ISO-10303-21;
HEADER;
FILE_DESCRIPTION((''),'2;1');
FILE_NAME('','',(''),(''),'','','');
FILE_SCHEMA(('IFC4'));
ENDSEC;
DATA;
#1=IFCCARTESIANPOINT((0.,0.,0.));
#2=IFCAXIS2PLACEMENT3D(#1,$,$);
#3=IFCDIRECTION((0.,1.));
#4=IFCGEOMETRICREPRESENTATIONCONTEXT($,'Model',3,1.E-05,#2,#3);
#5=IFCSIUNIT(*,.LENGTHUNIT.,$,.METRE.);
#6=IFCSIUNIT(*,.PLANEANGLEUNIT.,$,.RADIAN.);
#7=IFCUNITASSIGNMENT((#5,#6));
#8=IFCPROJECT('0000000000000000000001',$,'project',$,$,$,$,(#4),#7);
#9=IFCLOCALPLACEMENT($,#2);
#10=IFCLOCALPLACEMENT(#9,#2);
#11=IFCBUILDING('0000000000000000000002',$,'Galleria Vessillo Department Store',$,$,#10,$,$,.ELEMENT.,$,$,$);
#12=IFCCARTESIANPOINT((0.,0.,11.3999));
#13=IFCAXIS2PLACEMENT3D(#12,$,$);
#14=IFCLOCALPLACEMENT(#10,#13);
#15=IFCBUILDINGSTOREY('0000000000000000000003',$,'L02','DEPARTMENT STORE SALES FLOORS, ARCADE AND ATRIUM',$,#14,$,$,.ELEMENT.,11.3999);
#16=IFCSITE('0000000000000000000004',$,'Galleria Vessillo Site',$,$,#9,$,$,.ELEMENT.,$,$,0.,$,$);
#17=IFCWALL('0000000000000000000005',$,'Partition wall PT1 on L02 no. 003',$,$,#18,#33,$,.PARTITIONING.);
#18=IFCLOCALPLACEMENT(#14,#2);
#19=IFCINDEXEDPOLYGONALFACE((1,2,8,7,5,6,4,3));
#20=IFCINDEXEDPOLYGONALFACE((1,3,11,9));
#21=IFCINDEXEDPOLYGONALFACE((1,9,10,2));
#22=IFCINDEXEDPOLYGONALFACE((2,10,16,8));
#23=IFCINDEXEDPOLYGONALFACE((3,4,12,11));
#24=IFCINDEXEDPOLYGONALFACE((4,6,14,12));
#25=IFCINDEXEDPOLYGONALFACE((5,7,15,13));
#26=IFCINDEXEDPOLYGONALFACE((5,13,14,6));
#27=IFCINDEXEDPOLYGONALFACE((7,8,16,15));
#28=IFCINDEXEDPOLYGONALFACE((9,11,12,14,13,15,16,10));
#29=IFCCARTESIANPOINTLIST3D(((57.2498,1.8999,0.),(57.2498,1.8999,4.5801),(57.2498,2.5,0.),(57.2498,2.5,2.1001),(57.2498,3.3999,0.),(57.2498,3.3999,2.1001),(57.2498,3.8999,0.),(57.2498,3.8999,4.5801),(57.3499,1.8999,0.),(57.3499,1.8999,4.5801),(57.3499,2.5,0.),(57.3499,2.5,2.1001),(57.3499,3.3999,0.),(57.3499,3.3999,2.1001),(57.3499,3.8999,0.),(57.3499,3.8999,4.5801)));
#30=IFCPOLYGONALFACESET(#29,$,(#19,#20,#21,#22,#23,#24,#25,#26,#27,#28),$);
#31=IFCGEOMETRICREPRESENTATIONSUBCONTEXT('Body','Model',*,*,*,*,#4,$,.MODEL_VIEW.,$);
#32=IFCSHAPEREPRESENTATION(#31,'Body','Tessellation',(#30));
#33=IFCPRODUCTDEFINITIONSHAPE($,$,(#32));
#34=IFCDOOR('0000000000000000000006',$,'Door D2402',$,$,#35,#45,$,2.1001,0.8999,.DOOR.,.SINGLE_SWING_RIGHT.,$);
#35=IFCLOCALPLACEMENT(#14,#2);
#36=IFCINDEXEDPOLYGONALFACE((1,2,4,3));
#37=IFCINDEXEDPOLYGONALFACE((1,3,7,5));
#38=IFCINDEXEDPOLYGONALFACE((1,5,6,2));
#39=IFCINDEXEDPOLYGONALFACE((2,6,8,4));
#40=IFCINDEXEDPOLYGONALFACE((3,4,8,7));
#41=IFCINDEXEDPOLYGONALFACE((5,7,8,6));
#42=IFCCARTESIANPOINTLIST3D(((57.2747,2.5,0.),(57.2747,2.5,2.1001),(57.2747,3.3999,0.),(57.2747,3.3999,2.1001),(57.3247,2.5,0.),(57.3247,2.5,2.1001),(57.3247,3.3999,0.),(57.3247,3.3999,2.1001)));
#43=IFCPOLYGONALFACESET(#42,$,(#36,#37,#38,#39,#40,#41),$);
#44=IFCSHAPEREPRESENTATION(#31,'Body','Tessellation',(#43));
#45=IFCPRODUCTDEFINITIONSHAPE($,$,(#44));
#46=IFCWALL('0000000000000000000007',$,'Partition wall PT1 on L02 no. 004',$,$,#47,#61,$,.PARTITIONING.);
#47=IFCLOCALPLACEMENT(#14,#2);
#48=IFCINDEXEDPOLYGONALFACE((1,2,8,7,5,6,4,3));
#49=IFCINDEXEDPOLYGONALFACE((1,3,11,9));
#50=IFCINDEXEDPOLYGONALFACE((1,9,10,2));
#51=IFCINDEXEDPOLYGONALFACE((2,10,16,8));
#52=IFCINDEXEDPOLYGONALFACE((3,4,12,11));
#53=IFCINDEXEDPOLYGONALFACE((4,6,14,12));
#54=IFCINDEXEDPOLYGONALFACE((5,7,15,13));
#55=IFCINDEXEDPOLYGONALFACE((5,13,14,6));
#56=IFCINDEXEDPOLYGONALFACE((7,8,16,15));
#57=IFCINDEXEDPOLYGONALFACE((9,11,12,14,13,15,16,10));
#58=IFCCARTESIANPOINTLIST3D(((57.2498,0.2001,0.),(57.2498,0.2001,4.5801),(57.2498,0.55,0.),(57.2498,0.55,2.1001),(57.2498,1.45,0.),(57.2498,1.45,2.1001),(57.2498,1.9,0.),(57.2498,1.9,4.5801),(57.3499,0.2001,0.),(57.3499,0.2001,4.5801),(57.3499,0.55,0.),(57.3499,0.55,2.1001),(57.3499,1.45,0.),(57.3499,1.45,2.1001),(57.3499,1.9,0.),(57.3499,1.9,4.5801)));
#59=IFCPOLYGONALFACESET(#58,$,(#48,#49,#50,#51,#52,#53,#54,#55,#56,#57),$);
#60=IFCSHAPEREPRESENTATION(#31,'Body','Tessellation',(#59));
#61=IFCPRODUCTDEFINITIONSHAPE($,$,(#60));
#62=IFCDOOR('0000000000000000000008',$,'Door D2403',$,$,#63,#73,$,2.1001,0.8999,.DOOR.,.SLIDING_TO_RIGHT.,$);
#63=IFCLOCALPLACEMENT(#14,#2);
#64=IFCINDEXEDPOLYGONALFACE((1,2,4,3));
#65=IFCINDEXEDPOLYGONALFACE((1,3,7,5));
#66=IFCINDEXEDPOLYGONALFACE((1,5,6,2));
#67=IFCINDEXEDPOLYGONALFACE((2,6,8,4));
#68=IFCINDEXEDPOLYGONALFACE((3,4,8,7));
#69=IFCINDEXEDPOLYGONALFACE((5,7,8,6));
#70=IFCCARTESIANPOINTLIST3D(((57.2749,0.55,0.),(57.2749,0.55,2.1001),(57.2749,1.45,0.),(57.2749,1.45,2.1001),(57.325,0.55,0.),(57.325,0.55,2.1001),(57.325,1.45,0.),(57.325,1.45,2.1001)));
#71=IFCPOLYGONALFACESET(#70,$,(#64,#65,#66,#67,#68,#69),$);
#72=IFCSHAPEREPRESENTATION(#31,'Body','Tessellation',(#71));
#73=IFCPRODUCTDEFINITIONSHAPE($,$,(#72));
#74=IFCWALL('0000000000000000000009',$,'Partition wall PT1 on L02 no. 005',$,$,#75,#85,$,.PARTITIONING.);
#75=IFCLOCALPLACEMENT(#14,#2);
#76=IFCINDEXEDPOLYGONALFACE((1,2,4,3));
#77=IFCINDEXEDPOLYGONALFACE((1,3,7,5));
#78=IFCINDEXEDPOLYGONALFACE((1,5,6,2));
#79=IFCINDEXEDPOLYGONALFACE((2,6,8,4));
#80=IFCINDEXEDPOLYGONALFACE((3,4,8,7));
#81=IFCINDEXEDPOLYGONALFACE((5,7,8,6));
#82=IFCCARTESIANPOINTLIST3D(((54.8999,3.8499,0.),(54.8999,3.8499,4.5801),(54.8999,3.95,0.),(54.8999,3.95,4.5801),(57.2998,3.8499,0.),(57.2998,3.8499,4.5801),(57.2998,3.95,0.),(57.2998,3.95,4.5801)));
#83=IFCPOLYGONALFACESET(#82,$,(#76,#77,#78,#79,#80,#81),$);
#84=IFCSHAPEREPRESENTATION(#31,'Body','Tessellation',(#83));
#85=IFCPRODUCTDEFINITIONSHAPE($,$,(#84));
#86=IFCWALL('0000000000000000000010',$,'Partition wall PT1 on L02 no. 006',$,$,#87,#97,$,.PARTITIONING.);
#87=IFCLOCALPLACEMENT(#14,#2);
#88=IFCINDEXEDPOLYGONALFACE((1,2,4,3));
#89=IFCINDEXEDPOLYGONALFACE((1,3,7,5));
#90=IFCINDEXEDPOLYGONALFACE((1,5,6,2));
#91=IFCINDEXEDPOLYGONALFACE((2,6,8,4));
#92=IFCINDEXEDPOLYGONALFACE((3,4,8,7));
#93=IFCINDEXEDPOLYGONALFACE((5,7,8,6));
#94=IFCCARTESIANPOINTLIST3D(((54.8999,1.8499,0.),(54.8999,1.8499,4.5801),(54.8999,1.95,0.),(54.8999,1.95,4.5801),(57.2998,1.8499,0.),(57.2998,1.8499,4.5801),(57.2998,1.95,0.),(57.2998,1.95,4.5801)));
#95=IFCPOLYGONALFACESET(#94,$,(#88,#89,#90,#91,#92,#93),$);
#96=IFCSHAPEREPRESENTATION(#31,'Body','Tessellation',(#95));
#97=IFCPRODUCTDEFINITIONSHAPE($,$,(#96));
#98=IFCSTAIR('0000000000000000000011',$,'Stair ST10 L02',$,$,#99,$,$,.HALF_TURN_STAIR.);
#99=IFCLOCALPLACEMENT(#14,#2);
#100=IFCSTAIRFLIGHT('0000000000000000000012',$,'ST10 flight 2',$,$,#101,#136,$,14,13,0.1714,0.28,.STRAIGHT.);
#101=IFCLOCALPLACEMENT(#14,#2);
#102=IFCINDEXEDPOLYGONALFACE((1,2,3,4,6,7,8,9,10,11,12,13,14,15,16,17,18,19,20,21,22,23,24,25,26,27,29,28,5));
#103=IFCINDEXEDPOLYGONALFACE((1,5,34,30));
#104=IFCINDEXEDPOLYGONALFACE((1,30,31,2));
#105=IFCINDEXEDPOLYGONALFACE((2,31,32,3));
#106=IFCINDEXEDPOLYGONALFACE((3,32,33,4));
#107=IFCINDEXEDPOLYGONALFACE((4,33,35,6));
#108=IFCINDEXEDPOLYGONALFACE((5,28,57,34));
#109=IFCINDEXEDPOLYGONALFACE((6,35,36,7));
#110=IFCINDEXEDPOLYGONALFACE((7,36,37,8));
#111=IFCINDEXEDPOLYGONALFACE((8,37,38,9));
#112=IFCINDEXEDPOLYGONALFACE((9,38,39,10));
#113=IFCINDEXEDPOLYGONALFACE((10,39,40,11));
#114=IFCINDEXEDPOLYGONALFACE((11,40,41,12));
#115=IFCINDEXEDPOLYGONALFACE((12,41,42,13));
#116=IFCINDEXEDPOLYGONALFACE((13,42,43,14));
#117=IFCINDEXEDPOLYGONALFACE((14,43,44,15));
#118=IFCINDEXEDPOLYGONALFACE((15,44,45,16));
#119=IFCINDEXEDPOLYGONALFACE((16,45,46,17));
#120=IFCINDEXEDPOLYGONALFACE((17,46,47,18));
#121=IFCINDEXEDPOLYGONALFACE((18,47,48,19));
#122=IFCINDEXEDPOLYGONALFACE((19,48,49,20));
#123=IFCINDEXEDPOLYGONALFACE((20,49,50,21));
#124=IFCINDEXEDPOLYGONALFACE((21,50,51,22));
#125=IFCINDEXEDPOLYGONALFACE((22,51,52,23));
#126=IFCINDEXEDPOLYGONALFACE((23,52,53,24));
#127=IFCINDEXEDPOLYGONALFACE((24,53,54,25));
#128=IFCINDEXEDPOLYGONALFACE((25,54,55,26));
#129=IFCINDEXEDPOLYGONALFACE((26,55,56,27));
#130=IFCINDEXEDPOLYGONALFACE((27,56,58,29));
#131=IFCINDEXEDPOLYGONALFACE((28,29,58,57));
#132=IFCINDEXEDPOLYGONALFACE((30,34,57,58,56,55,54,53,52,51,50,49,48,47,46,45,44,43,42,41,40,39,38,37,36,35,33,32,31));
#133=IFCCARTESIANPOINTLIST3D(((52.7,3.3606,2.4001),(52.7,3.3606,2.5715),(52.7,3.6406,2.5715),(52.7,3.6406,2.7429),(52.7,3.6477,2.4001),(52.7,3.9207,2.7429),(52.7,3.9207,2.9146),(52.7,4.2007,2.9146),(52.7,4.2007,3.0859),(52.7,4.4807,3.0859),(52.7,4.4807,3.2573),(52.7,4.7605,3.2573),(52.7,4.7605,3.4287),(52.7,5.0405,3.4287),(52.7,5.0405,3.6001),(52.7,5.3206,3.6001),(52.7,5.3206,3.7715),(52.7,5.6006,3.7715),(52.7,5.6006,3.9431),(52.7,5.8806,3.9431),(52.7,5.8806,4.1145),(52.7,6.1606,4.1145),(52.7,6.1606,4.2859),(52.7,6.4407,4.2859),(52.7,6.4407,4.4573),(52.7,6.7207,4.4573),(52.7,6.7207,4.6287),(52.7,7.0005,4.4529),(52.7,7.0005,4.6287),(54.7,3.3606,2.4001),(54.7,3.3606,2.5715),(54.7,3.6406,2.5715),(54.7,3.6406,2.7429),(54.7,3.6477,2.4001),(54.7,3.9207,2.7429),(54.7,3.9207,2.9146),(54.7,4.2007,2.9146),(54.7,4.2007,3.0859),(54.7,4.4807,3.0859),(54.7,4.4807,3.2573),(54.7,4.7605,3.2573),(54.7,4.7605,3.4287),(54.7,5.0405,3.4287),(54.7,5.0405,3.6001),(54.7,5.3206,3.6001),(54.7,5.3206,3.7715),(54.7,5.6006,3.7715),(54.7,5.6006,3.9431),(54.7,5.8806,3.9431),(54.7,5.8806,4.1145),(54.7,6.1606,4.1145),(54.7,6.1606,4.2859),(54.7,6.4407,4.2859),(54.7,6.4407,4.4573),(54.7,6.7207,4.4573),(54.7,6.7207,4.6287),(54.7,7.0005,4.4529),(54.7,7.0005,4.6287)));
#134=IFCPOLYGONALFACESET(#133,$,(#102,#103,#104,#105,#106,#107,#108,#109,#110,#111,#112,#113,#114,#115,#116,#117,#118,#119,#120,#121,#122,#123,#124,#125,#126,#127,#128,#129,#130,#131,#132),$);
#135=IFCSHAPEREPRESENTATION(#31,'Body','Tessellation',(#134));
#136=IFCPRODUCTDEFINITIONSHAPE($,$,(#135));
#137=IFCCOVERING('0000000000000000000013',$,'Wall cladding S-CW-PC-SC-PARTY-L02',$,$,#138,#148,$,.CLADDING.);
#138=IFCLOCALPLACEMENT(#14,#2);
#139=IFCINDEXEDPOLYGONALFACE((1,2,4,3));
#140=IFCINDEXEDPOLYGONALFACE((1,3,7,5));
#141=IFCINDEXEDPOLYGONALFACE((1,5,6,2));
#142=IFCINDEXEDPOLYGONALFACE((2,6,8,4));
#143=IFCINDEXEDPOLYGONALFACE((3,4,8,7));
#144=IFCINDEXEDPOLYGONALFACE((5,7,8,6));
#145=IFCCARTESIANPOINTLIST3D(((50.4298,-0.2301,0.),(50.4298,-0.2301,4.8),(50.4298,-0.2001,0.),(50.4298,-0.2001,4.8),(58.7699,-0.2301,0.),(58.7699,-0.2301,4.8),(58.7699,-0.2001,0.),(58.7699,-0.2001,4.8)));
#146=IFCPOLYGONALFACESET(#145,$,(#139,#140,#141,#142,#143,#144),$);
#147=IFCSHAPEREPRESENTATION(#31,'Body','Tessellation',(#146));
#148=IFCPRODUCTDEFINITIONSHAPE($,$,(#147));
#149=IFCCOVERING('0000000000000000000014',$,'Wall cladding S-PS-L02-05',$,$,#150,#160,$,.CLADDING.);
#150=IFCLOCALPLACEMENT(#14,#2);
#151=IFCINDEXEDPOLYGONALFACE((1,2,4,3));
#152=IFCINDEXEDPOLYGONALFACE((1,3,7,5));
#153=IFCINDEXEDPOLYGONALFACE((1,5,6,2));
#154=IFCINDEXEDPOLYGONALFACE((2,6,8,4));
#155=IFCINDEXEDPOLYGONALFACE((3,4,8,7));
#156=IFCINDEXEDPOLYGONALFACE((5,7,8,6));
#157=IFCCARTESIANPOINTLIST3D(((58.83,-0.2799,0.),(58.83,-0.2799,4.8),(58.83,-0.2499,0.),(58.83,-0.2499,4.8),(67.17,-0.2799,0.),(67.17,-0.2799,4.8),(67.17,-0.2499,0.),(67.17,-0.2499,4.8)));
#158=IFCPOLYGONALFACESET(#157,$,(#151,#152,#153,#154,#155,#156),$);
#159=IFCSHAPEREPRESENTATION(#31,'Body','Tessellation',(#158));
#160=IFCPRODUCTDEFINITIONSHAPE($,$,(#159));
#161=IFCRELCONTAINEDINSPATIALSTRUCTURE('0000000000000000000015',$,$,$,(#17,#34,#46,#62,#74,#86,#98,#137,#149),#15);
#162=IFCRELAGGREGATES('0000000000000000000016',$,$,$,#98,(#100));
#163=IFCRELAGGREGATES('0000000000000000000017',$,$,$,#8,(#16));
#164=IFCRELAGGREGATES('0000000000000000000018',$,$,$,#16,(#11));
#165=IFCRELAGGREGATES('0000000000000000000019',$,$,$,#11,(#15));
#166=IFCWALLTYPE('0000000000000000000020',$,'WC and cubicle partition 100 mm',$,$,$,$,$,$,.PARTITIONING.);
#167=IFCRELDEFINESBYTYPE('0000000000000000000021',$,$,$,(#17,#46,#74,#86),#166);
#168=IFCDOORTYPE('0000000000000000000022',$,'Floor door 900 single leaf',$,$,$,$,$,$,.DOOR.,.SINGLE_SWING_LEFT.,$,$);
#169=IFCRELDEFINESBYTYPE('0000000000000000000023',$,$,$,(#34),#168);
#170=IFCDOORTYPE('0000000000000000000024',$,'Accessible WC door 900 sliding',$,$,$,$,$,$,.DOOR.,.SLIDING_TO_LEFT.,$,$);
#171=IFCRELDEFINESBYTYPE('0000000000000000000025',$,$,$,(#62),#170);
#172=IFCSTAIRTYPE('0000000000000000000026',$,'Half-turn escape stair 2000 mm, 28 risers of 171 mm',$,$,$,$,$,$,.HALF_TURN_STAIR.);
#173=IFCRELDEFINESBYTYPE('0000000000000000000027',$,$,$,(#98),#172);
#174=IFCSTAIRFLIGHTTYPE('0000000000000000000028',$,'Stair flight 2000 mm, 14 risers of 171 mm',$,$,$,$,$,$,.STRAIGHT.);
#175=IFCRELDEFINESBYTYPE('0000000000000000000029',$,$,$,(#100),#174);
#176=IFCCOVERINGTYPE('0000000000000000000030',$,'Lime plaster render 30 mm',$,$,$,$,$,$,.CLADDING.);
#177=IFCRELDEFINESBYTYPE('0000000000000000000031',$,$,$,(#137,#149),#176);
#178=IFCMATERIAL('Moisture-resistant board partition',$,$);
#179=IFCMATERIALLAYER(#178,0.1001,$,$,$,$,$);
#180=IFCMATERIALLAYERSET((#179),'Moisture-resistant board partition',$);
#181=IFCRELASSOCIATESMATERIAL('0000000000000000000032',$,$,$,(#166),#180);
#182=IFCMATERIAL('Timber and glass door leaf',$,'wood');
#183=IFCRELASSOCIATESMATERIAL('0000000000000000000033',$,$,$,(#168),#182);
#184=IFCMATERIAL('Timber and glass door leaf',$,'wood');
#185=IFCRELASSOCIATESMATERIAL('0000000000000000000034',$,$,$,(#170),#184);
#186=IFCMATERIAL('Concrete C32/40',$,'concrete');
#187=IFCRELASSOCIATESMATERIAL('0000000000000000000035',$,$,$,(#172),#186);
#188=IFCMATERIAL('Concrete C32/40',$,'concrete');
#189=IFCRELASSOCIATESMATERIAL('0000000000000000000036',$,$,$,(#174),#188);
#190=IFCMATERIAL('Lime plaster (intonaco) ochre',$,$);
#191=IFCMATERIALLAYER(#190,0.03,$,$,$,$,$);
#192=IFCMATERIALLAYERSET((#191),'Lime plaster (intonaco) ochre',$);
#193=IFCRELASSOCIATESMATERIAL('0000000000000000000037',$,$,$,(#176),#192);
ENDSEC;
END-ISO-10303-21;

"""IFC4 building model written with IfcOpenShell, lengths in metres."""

from ifc_helpers import new_model, si_unit, direction, frame, frame_2d, origin, origin_2d, place, context, subcontext, project, spatial, polyline, rectangle, outline, extrude, material, layer, layer_set, type_object, element, fill, aggregate, save


model = new_model("IFC4")

# Units and contexts
model_context = context("Model", 3, precision=1e-05, world=origin(), true_north=direction((0.0, 1.0)))
body_context = subcontext(model_context, "Body", "Model", "MODEL_VIEW")
ifc_project = project(units=[si_unit("LENGTHUNIT", "METRE"), si_unit("PLANEANGLEUNIT", "RADIAN")], contexts=[model_context])

# Site, building, storey
site_placement = place(None, origin())
site = spatial("IfcSite", under=ifc_project, at=site_placement, Name="Galleria Vessillo Site", CompositionType="ELEMENT", RefElevation=0.0)
building_placement = place(site_placement, origin())
building = spatial("IfcBuilding", under=site, at=building_placement, Name="Galleria Vessillo Department Store", CompositionType="ELEMENT")
storey_placement = place(building_placement, frame((0.0, 0.0, 11.3999)))
storey = spatial("IfcBuildingStorey", under=building, at=storey_placement, Name="L02", Description="DEPARTMENT STORE SALES FLOORS, ARCADE AND ATRIUM", CompositionType="ELEMENT", Elevation=11.3999)

# Shared definitions
ifc_material_1 = material(Name="Moisture-resistant board partition")
ifc_layer_1 = layer(ifc_material_1, 0.1001)
ifc_layer_set_1 = layer_set([ifc_layer_1], Name="Moisture-resistant board partition")
wall_type_1 = type_object("IfcWallType", Name="WC and cubicle partition 100 mm", PredefinedType="PARTITIONING", material=ifc_layer_set_1)
ifc_material_2 = material(Name="Timber and glass door leaf", Category="wood")
door_type_1 = type_object("IfcDoorType", Name="Floor door 900 single leaf", OperationType="SINGLE_SWING_LEFT", PredefinedType="DOOR", material=ifc_material_2)

# Walls, openings, doors
wall_1_placement = place(storey_placement, frame((57.2998, 1.8999, 0.0), z_axis=(0.0, 0.0, 1.0), x_axis=(0.0, 1.0, 0.0)))
wall_1 = element("IfcWall", 1, at=wall_1_placement, inside=storey, type_object=wall_type_1, Name="Partition wall PT1 on L02 no. 003", PredefinedType="PARTITIONING", context=body_context, shape_type="SweptSolid", body=[
    extrude(rectangle(XDim=2.0, YDim=0.1001, at=frame_2d((1.0, 0.0))), origin(), (0.0, 0.0, 1.0), 4.5801),
])
opening_1_placement = place(wall_1_placement, frame((0.6001, 0.0, 0.0)))
opening_1 = element("IfcOpeningElement", 2, at=opening_1_placement, cuts=wall_1, PredefinedType="OPENING", context=body_context, shape_type="SweptSolid", body=[
    extrude(rectangle(XDim=0.8999, YDim=2.1001, at=frame_2d((0.45, 1.05))), frame((0.0, 0.0601, 0.0), z_axis=(0.0, -1.0, 0.0), x_axis=(1.0, 0.0, 0.0)), (0.0, 0.0, 1.0), 0.1201),
])
door_1_placement = place(opening_1_placement, frame((0.8999, 0.0, 0.0), z_axis=(0.0, 0.0, 1.0), x_axis=(-1.0, 0.0, 0.0)))
door_1 = element("IfcDoor", 3, at=door_1_placement, inside=storey, type_object=door_type_1, Name="Door D2402", OperationType="SINGLE_SWING_RIGHT", OverallHeight=2.1001, OverallWidth=0.8999, PredefinedType="DOOR", context=body_context, shape_type="SweptSolid", body=[
    extrude(rectangle(XDim=0.8999, YDim=2.1001, at=frame_2d((0.45, 1.05))), frame((0.0, 0.0249, 0.0), z_axis=(0.0, -1.0, 0.0), x_axis=(1.0, 0.0, 0.0)), (0.0, 0.0, 1.0), 0.05),
])
fill(opening_1, door_1)
wall_2_placement = place(storey_placement, frame((57.2998, 0.2, 0.0), z_axis=(0.0, 0.0, 1.0), x_axis=(0.0, 1.0, 0.0)))
wall_2 = element("IfcWall", 4, at=wall_2_placement, inside=storey, type_object=wall_type_1, Name="Partition wall PT1 on L02 no. 004", PredefinedType="PARTITIONING", context=body_context, shape_type="SweptSolid", body=[
    extrude(rectangle(XDim=1.7, YDim=0.1001, at=frame_2d((0.8501, 0.0))), origin(), (0.0, 0.0, 1.0), 4.5801),
])
opening_2_placement = place(wall_2_placement, frame((0.3501, 0.0, 0.0)))
opening_2 = element("IfcOpeningElement", 5, at=opening_2_placement, cuts=wall_2, PredefinedType="OPENING", context=body_context, shape_type="SweptSolid", body=[
    extrude(rectangle(XDim=0.8999, YDim=2.1001, at=frame_2d((0.45, 1.05))), frame((0.0, 0.0601, 0.0), z_axis=(0.0, -1.0, 0.0), x_axis=(1.0, 0.0, 0.0)), (0.0, 0.0, 1.0), 0.1201),
])
ifc_material_3 = material(Name="Timber and glass door leaf", Category="wood")
door_type_2 = type_object("IfcDoorType", Name="Accessible WC door 900 sliding", OperationType="SLIDING_TO_LEFT", PredefinedType="DOOR", material=ifc_material_3)
door_2_placement = place(opening_2_placement, origin())
door_2 = element("IfcDoor", 6, at=door_2_placement, inside=storey, type_object=door_type_2, Name="Door D2403", OperationType="SLIDING_TO_RIGHT", OverallHeight=2.1001, OverallWidth=0.8999, PredefinedType="DOOR", context=body_context, shape_type="SweptSolid", body=[
    extrude(rectangle(XDim=0.8999, YDim=2.1001, at=frame_2d((0.45, 1.05))), frame((0.0, 0.0249, 0.0), z_axis=(0.0, -1.0, 0.0), x_axis=(1.0, 0.0, 0.0)), (0.0, 0.0, 1.0), 0.05),
])
fill(opening_2, door_2)

# Walls
for number, where, z_axis, x_axis, name in (
    (7, (54.8999, 3.8999, 0.0), (0.0, 0.0, 1.0), (1.0, 0.0, 0.0), "Partition wall PT1 on L02 no. 005"),
    (8, (54.8999, 1.8999, 0.0), (0.0, 0.0, 1.0), (1.0, 0.0, 0.0), "Partition wall PT1 on L02 no. 006"),
):
    element("IfcWall", number, at=place(storey_placement, frame(where, z_axis=z_axis, x_axis=x_axis)), inside=storey, type_object=wall_type_1, Name=name, PredefinedType="PARTITIONING", context=body_context, shape_type="SweptSolid", body=[
        extrude(rectangle(XDim=2.3999, YDim=0.1001, at=frame_2d((1.2, 0.0))), origin(), (0.0, 0.0, 1.0), 4.5801),
    ])

# Stair, stair flight
ifc_material_4 = material(Name="Concrete C32/40", Category="concrete")
stair_type = type_object("IfcStairType", Name="Half-turn escape stair 2000 mm, 28 risers of 171 mm", PredefinedType="HALF_TURN_STAIR", material=ifc_material_4)
stair_placement = place(storey_placement, origin())
stair = element("IfcStair", 9, at=stair_placement, inside=storey, type_object=stair_type, Name="Stair ST10 L02", PredefinedType="HALF_TURN_STAIR")
ifc_material_5 = material(Name="Concrete C32/40", Category="concrete")
stair_flight_type = type_object("IfcStairFlightType", Name="Stair flight 2000 mm, 14 risers of 171 mm", PredefinedType="STRAIGHT", material=ifc_material_5)
stair_flight_placement = place(storey_placement, frame((53.7, 3.3606, 2.4001), z_axis=(0.0, 0.0, 1.0), x_axis=(0.0, 1.0, 0.0)))
stair_flight = element("IfcStairFlight", 10, at=stair_flight_placement, type_object=stair_flight_type, Name="ST10 flight 2", NumberOfRisers=14, NumberOfTreads=13, PredefinedType="STRAIGHT", RiserHeight=0.1714, TreadLength=0.28, context=body_context, shape_type="SweptSolid", body=[
    extrude(outline(polyline([(0.0, 0.0), (0.0, 0.1714), (0.28, 0.1714), (0.28, 0.3428), (0.5601, 0.3428), (0.5601, 0.5144), (0.8401, 0.5144), (0.8401, 0.6858), (1.1201, 0.6858), (1.1201, 0.8572), (1.3999, 0.8572), (1.3999, 1.0286), (1.6799, 1.0286), (1.6799, 1.2), (1.96, 1.2), (1.96, 1.3713), (2.24, 1.3713), (2.24, 1.543), (2.52, 1.543), (2.52, 1.7144), (2.8, 1.7144), (2.8, 1.8857), (3.0801, 1.8857), (3.0801, 2.0571), (3.3601, 2.0571), (3.3601, 2.2285), (3.6399, 2.2285), (3.6399, 2.3999), (3.6399, 2.0527), (0.2871, 0.0), (0.0, 0.0)])), frame((0.0, 1.0, 0.0), z_axis=(0.0, -1.0, 0.0), x_axis=(1.0, 0.0, 0.0)), (0.0, 0.0, 1.0), 2.0),
])
aggregate(stair, [stair_flight])

# Coverings
ifc_material_6 = material(Name="Lime plaster (intonaco) ochre")
ifc_layer_2 = layer(ifc_material_6, 0.03)
ifc_layer_set_2 = layer_set([ifc_layer_2], Name="Lime plaster (intonaco) ochre")
covering_type = type_object("IfcCoveringType", Name="Lime plaster render 30 mm", PredefinedType="CLADDING", material=ifc_layer_set_2)
for number, where, z_axis, x_axis, name in (
    (11, (54.5999, -0.2151, 0.0), (0.0, 0.0, 1.0), (1.0, 0.0, 0.0), "Wall cladding S-CW-PC-SC-PARTY-L02"),
    (12, (63.0, -0.2649, 0.0), (0.0, 0.0, 1.0), (1.0, 0.0, 0.0), "Wall cladding S-PS-L02-05"),
):
    element("IfcCovering", number, at=place(storey_placement, frame(where, z_axis=z_axis, x_axis=x_axis)), inside=storey, type_object=covering_type, Name=name, PredefinedType="CLADDING", context=body_context, shape_type="SweptSolid", body=[
        extrude(rectangle(XDim=8.3401, YDim=0.03, at=origin_2d()), origin(), (0.0, 0.0, 1.0), 4.8),
    ])

save(model, "model.ifc")
